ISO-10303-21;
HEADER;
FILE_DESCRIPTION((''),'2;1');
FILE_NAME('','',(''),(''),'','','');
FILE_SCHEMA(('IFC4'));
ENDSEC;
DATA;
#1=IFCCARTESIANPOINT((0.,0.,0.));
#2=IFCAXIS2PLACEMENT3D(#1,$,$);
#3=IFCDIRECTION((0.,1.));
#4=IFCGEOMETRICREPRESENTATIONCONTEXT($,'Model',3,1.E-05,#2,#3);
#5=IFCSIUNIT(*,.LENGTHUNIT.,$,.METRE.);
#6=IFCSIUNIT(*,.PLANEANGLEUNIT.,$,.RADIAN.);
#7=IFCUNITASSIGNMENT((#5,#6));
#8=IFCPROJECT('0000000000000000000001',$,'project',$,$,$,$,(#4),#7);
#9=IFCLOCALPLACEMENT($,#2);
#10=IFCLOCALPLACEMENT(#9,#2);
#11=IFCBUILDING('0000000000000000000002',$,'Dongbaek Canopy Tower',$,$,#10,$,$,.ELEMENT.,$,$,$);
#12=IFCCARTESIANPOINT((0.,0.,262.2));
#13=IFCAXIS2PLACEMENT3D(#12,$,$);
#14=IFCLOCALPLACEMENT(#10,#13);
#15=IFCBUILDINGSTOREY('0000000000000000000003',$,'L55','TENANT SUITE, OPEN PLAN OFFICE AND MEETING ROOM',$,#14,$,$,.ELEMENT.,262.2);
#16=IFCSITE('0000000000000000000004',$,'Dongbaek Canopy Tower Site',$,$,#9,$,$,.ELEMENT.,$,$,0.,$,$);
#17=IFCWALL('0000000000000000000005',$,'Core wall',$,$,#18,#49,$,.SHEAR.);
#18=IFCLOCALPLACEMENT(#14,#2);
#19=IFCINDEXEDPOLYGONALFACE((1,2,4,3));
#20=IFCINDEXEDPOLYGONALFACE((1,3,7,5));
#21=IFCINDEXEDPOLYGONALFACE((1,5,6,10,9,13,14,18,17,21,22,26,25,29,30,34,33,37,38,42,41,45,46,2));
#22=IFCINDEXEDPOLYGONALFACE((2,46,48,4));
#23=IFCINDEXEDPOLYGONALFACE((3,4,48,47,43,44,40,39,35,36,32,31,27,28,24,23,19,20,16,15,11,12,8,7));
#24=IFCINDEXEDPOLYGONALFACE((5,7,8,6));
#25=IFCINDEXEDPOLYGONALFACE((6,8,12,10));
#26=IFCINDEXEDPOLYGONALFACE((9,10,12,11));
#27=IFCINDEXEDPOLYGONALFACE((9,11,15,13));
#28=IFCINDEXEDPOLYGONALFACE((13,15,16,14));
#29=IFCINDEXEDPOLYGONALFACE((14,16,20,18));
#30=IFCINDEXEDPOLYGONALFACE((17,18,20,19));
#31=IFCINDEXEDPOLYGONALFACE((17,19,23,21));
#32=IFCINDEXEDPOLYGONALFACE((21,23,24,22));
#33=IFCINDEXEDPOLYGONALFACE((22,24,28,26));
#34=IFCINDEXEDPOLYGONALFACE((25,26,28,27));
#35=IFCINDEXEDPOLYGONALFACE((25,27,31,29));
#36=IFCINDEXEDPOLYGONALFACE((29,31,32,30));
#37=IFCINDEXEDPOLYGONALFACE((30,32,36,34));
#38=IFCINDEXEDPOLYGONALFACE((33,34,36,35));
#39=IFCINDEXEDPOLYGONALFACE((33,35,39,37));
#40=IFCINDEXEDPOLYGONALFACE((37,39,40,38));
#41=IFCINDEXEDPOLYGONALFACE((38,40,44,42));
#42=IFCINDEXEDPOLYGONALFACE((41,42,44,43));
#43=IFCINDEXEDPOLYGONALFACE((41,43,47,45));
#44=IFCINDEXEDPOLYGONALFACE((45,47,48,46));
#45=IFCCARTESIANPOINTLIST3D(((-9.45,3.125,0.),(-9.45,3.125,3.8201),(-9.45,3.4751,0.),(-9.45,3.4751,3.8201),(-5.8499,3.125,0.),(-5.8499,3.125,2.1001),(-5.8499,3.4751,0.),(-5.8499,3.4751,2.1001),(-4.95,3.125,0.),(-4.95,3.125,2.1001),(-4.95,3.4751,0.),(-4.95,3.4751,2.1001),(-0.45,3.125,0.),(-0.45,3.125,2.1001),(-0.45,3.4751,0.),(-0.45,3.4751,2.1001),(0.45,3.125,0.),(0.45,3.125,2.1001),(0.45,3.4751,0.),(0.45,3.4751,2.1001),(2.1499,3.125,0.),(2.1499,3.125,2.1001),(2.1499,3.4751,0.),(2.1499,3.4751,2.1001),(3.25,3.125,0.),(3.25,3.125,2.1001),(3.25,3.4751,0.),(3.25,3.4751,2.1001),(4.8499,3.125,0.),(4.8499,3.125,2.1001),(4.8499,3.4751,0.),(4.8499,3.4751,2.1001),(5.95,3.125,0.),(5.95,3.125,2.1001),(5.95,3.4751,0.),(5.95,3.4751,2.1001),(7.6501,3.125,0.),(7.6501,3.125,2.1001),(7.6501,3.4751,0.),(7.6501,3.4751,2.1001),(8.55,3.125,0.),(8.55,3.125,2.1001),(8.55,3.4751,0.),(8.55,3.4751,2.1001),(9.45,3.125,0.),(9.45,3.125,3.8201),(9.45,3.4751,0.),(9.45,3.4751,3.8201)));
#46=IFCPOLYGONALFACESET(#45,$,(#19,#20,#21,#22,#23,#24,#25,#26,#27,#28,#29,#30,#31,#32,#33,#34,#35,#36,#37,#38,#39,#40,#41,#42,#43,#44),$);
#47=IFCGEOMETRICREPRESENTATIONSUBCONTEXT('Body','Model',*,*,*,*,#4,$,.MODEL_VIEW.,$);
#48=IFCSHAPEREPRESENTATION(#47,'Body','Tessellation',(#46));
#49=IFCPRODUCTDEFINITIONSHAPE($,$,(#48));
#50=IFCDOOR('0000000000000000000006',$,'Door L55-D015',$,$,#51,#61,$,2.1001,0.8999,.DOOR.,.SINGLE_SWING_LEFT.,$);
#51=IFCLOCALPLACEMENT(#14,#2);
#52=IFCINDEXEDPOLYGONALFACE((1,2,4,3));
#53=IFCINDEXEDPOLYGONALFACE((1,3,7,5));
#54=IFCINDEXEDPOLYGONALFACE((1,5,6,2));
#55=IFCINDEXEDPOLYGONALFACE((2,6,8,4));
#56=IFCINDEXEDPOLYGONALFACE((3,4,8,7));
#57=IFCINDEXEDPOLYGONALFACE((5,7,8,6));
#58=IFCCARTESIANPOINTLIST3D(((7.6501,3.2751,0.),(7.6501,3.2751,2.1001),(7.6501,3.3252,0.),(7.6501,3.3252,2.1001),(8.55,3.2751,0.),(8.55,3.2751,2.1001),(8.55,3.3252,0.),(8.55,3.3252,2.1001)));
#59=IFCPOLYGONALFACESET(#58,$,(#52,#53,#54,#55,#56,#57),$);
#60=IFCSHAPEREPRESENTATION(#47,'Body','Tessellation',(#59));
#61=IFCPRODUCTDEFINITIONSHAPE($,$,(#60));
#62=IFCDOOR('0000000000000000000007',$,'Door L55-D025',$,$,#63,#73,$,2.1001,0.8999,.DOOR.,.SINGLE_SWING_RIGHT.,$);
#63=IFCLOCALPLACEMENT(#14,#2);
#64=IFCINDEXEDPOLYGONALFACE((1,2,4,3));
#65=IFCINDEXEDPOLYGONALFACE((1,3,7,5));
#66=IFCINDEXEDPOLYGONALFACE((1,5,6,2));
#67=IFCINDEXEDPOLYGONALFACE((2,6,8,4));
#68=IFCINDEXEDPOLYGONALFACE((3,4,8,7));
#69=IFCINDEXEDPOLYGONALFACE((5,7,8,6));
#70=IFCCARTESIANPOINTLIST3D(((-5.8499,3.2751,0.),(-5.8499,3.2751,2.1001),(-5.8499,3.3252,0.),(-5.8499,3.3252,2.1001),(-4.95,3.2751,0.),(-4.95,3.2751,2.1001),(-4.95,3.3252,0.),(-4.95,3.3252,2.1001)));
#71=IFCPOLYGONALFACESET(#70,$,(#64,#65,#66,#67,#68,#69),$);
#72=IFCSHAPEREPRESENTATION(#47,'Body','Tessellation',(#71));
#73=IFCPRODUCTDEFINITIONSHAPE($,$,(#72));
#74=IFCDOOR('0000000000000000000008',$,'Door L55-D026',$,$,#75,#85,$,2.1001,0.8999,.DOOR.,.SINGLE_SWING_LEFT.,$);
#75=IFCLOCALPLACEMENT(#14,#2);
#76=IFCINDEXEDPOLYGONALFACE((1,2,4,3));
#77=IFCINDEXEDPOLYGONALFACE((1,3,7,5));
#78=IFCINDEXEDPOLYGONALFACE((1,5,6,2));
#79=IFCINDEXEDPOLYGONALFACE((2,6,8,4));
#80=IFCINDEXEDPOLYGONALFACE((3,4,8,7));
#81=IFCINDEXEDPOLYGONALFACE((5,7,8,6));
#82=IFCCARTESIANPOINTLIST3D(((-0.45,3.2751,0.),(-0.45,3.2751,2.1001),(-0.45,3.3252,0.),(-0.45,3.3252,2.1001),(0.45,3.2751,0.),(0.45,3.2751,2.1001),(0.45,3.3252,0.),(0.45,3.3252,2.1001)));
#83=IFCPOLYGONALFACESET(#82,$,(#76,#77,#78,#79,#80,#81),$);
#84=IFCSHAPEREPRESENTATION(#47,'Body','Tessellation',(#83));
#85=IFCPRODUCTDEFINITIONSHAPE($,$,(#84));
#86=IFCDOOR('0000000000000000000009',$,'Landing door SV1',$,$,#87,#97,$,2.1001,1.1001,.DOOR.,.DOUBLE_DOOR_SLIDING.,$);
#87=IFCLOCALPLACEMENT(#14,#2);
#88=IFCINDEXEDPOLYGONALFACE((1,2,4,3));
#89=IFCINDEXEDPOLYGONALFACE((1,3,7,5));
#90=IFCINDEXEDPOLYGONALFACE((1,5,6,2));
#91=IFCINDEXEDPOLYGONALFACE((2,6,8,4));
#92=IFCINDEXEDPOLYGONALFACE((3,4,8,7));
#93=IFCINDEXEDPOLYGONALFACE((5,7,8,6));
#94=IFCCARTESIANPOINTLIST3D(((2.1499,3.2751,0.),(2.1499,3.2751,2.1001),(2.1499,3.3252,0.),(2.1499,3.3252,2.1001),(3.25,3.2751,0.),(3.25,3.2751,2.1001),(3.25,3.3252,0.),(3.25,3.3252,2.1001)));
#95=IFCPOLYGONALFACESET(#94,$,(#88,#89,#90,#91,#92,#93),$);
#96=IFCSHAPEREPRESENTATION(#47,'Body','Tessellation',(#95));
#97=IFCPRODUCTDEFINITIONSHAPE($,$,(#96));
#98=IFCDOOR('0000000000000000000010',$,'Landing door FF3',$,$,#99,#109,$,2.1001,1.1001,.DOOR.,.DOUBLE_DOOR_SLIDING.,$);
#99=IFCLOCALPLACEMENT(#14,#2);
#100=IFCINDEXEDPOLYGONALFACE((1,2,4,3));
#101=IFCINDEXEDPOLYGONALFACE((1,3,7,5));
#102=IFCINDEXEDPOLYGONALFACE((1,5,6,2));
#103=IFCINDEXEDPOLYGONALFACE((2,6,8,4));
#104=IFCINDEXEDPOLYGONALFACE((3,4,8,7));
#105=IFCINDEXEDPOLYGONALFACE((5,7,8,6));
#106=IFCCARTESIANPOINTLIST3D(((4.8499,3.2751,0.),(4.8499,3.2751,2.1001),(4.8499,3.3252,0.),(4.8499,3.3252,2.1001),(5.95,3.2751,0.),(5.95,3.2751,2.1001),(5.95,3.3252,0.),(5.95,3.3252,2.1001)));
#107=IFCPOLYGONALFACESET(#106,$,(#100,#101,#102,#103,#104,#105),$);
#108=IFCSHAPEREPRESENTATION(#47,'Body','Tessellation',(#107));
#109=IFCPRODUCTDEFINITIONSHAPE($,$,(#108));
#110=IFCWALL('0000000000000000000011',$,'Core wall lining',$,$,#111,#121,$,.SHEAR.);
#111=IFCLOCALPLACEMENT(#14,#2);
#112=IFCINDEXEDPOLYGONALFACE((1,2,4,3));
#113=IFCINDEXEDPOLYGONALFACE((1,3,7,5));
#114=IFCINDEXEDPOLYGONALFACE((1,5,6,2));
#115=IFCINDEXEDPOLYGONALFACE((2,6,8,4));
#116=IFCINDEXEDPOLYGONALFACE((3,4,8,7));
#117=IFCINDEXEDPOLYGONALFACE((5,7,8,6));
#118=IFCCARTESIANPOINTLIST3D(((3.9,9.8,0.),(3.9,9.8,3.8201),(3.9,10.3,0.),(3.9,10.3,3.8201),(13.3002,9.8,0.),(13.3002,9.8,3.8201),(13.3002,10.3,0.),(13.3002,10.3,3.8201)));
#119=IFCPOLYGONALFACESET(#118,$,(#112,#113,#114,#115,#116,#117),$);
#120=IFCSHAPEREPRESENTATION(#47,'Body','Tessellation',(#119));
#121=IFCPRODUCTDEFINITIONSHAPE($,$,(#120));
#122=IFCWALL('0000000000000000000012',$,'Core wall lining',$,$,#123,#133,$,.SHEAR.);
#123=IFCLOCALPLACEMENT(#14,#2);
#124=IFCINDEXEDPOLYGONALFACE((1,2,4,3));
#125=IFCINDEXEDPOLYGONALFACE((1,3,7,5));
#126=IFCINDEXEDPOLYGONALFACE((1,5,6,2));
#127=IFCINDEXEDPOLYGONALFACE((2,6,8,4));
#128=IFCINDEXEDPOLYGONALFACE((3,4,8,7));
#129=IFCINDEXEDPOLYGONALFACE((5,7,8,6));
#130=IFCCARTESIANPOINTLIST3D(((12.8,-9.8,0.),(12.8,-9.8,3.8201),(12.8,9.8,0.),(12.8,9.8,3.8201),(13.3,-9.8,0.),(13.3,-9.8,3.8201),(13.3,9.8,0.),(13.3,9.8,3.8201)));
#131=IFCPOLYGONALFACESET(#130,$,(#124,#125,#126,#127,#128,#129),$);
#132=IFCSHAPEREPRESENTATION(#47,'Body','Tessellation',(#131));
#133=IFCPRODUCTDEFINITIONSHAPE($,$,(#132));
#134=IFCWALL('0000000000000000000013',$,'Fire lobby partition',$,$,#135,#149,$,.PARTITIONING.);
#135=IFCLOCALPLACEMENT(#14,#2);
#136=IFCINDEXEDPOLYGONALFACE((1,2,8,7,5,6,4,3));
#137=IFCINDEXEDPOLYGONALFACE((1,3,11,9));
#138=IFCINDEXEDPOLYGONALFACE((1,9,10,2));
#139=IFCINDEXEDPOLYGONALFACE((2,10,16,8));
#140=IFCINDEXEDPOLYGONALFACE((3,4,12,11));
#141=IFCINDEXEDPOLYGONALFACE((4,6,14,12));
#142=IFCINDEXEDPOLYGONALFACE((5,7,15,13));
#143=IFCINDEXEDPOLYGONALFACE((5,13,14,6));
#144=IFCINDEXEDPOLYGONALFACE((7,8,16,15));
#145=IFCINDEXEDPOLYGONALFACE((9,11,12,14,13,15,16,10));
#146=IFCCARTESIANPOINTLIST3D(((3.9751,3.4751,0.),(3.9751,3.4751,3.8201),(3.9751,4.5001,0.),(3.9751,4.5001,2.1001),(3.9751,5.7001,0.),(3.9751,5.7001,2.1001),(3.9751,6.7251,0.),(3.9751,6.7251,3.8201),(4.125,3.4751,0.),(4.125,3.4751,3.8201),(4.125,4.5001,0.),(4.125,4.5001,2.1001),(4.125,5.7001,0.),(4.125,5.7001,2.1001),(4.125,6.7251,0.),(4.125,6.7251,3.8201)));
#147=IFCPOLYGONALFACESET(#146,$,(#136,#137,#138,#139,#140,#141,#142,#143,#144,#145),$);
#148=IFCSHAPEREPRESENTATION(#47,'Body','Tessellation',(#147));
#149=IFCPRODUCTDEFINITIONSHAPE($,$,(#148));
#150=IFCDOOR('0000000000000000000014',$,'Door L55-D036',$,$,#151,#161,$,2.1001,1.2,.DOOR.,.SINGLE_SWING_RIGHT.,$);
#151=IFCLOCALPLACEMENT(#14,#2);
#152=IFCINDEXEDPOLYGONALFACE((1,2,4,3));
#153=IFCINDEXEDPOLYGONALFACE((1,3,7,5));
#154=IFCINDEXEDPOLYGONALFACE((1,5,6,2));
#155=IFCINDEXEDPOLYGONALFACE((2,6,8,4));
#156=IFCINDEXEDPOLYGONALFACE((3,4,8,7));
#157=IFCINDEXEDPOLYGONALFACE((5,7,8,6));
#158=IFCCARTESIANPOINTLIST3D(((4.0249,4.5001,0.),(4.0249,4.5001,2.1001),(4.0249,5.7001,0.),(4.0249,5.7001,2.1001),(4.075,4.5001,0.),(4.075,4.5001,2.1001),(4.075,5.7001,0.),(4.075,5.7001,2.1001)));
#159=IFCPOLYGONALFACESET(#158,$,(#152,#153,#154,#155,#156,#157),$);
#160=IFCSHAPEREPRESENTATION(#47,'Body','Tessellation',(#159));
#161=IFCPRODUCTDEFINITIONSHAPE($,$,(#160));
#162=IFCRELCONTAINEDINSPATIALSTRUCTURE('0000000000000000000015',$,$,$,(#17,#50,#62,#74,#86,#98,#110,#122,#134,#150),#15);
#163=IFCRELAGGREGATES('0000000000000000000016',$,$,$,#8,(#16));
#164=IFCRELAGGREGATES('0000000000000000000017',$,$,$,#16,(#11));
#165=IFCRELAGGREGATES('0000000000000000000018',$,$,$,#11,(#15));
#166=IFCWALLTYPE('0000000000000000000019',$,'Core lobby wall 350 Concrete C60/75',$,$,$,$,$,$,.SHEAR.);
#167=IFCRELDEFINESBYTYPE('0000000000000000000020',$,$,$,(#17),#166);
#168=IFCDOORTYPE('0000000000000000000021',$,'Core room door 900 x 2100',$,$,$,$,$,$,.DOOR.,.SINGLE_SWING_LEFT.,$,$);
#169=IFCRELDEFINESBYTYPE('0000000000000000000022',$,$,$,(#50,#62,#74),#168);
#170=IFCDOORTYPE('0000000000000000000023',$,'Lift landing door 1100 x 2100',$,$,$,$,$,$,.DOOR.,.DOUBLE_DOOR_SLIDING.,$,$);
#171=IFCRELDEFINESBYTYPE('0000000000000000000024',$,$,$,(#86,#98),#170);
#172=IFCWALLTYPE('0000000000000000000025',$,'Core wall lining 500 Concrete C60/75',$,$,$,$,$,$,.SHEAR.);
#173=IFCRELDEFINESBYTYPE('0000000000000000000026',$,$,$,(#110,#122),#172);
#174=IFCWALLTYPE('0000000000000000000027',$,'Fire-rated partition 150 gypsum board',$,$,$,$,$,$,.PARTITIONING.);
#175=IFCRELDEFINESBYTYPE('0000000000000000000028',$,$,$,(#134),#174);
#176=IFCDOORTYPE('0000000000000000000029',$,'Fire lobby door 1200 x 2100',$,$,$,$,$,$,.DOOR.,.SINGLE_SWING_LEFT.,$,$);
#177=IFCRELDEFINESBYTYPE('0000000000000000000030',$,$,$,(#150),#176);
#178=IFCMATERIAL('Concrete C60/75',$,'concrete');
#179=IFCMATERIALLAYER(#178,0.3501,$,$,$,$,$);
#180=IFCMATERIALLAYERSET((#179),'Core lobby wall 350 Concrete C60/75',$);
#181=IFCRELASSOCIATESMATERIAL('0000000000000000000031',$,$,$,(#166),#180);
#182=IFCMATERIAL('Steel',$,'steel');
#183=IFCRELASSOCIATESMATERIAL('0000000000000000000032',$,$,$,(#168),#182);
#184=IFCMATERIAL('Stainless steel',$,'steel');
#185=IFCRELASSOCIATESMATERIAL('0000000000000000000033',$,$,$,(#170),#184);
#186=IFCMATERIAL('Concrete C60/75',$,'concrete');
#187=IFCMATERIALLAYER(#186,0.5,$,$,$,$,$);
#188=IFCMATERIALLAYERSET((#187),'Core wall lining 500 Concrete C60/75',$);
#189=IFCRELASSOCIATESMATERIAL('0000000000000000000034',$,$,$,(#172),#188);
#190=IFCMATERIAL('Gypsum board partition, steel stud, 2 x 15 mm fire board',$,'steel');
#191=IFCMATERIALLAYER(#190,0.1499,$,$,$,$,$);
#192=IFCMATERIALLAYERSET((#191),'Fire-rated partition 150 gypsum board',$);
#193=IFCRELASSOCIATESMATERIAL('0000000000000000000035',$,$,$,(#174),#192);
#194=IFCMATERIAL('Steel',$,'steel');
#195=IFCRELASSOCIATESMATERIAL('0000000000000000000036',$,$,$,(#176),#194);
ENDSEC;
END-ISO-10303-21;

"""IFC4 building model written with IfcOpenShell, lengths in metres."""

from ifc_helpers import new_model, si_unit, direction, frame, frame_2d, origin, place, context, subcontext, project, spatial, rectangle, extrude, material, layer, layer_set, type_object, element, fill, save


model = new_model("IFC4")

# Units and contexts
model_context = context("Model", 3, precision=1e-05, world=origin(), true_north=direction((0.0, 1.0)))
body_context = subcontext(model_context, "Body", "Model", "MODEL_VIEW")
ifc_project = project(units=[si_unit("LENGTHUNIT", "METRE"), si_unit("PLANEANGLEUNIT", "RADIAN")], contexts=[model_context])

# Site, building, storey
site_placement = place(None, origin())
site = spatial("IfcSite", under=ifc_project, at=site_placement, Name="Dongbaek Canopy Tower Site", CompositionType="ELEMENT", RefElevation=0.0)
building_placement = place(site_placement, origin())
building = spatial("IfcBuilding", under=site, at=building_placement, Name="Dongbaek Canopy Tower", CompositionType="ELEMENT")
storey_placement = place(building_placement, frame((0.0, 0.0, 262.2)))
storey = spatial("IfcBuildingStorey", under=building, at=storey_placement, Name="L55", Description="TENANT SUITE, OPEN PLAN OFFICE AND MEETING ROOM", CompositionType="ELEMENT", Elevation=262.2)

# Wall, openings, doors
ifc_material_1 = material(Name="Concrete C60/75", Category="concrete")
ifc_layer_1 = layer(ifc_material_1, 0.3501)
ifc_layer_set_1 = layer_set([ifc_layer_1], Name="Core lobby wall 350 Concrete C60/75")
wall_type_1 = type_object("IfcWallType", Name="Core lobby wall 350 Concrete C60/75", PredefinedType="SHEAR", material=ifc_layer_set_1)
wall_1_placement = place(storey_placement, frame((9.45, 3.3, 0.0), z_axis=(0.0, 0.0, 1.0), x_axis=(-1.0, 0.0, 0.0)))
wall_1 = element("IfcWall", 1, at=wall_1_placement, inside=storey, type_object=wall_type_1, Name="Core wall", PredefinedType="SHEAR", context=body_context, shape_type="SweptSolid", body=[
    extrude(rectangle(XDim=18.8999, YDim=0.3501, at=frame_2d((9.45, 0.0))), origin(), (0.0, 0.0, 1.0), 3.8201),
])
opening_1_placement = place(wall_1_placement, frame((6.2, 0.0, 0.0)))
opening_1 = element("IfcOpeningElement", 2, at=opening_1_placement, cuts=wall_1, PredefinedType="OPENING", context=body_context, shape_type="SweptSolid", body=[
    extrude(rectangle(XDim=1.1001, YDim=2.1001, at=frame_2d((0.55, 1.05))), frame((0.0, 0.1851, 0.0), z_axis=(0.0, -1.0, 0.0), x_axis=(1.0, 0.0, 0.0)), (0.0, 0.0, 1.0), 0.3701),
])
opening_2_placement = place(wall_1_placement, frame((3.5, 0.0, 0.0)))
opening_2 = element("IfcOpeningElement", 3, at=opening_2_placement, cuts=wall_1, PredefinedType="OPENING", context=body_context, shape_type="SweptSolid", body=[
    extrude(rectangle(XDim=1.1001, YDim=2.1001, at=frame_2d((0.55, 1.05))), frame((0.0, 0.1851, 0.0), z_axis=(0.0, -1.0, 0.0), x_axis=(1.0, 0.0, 0.0)), (0.0, 0.0, 1.0), 0.3701),
])
opening_3_placement = place(wall_1_placement, frame((0.8999, 0.0, 0.0)))
opening_3 = element("IfcOpeningElement", 4, at=opening_3_placement, cuts=wall_1, PredefinedType="OPENING", context=body_context, shape_type="SweptSolid", body=[
    extrude(rectangle(XDim=0.8999, YDim=2.1001, at=frame_2d((0.45, 1.05))), frame((0.0, 0.1851, 0.0), z_axis=(0.0, -1.0, 0.0), x_axis=(1.0, 0.0, 0.0)), (0.0, 0.0, 1.0), 0.3701),
])
opening_4_placement = place(wall_1_placement, frame((14.3999, 0.0, 0.0)))
opening_4 = element("IfcOpeningElement", 5, at=opening_4_placement, cuts=wall_1, PredefinedType="OPENING", context=body_context, shape_type="SweptSolid", body=[
    extrude(rectangle(XDim=0.8999, YDim=2.1001, at=frame_2d((0.45, 1.05))), frame((0.0, 0.1851, 0.0), z_axis=(0.0, -1.0, 0.0), x_axis=(1.0, 0.0, 0.0)), (0.0, 0.0, 1.0), 0.3701),
])
opening_5_placement = place(wall_1_placement, frame((9.0, 0.0, 0.0)))
opening_5 = element("IfcOpeningElement", 6, at=opening_5_placement, cuts=wall_1, PredefinedType="OPENING", context=body_context, shape_type="SweptSolid", body=[
    extrude(rectangle(XDim=0.8999, YDim=2.1001, at=frame_2d((0.45, 1.05))), frame((0.0, 0.1851, 0.0), z_axis=(0.0, -1.0, 0.0), x_axis=(1.0, 0.0, 0.0)), (0.0, 0.0, 1.0), 0.3701),
])
ifc_material_2 = material(Name="Steel", Category="steel")
door_type_1 = type_object("IfcDoorType", Name="Core room door 900 x 2100", OperationType="SINGLE_SWING_LEFT", PredefinedType="DOOR", material=ifc_material_2)
door_1_placement = place(opening_3_placement, origin())
door_1 = element("IfcDoor", 7, at=door_1_placement, inside=storey, type_object=door_type_1, Name="Door L55-D015", OperationType="SINGLE_SWING_LEFT", OverallHeight=2.1001, OverallWidth=0.8999, PredefinedType="DOOR", context=body_context, shape_type="SweptSolid", body=[
    extrude(rectangle(XDim=0.8999, YDim=2.1001, at=frame_2d((0.45, 1.05))), frame((0.0, 0.0249, 0.0), z_axis=(0.0, -1.0, 0.0), x_axis=(1.0, 0.0, 0.0)), (0.0, 0.0, 1.0), 0.05),
])
fill(opening_3, door_1)
door_2_placement = place(opening_4_placement, origin())
door_2 = element("IfcDoor", 8, at=door_2_placement, inside=storey, type_object=door_type_1, Name="Door L55-D025", OperationType="SINGLE_SWING_RIGHT", OverallHeight=2.1001, OverallWidth=0.8999, PredefinedType="DOOR", context=body_context, shape_type="SweptSolid", body=[
    extrude(rectangle(XDim=0.8999, YDim=2.1001, at=frame_2d((0.45, 1.05))), frame((0.0, 0.0249, 0.0), z_axis=(0.0, -1.0, 0.0), x_axis=(1.0, 0.0, 0.0)), (0.0, 0.0, 1.0), 0.05),
])
fill(opening_4, door_2)
door_3_placement = place(opening_5_placement, origin())
door_3 = element("IfcDoor", 9, at=door_3_placement, inside=storey, type_object=door_type_1, Name="Door L55-D026", OperationType="SINGLE_SWING_LEFT", OverallHeight=2.1001, OverallWidth=0.8999, PredefinedType="DOOR", context=body_context, shape_type="SweptSolid", body=[
    extrude(rectangle(XDim=0.8999, YDim=2.1001, at=frame_2d((0.45, 1.05))), frame((0.0, 0.0249, 0.0), z_axis=(0.0, -1.0, 0.0), x_axis=(1.0, 0.0, 0.0)), (0.0, 0.0, 1.0), 0.05),
])
fill(opening_5, door_3)
ifc_material_3 = material(Name="Stainless steel", Category="steel")
door_type_2 = type_object("IfcDoorType", Name="Lift landing door 1100 x 2100", OperationType="DOUBLE_DOOR_SLIDING", PredefinedType="DOOR", material=ifc_material_3)
door_4_placement = place(opening_1_placement, origin())
door_4 = element("IfcDoor", 10, at=door_4_placement, inside=storey, type_object=door_type_2, Name="Landing door SV1", OperationType="DOUBLE_DOOR_SLIDING", OverallHeight=2.1001, OverallWidth=1.1001, PredefinedType="DOOR", context=body_context, shape_type="SweptSolid", body=[
    extrude(rectangle(XDim=1.1001, YDim=2.1001, at=frame_2d((0.55, 1.05))), frame((0.0, 0.0249, 0.0), z_axis=(0.0, -1.0, 0.0), x_axis=(1.0, 0.0, 0.0)), (0.0, 0.0, 1.0), 0.05),
])
fill(opening_1, door_4)
door_5_placement = place(opening_2_placement, origin())
door_5 = element("IfcDoor", 11, at=door_5_placement, inside=storey, type_object=door_type_2, Name="Landing door FF3", OperationType="DOUBLE_DOOR_SLIDING", OverallHeight=2.1001, OverallWidth=1.1001, PredefinedType="DOOR", context=body_context, shape_type="SweptSolid", body=[
    extrude(rectangle(XDim=1.1001, YDim=2.1001, at=frame_2d((0.55, 1.05))), frame((0.0, 0.0249, 0.0), z_axis=(0.0, -1.0, 0.0), x_axis=(1.0, 0.0, 0.0)), (0.0, 0.0, 1.0), 0.05),
])
fill(opening_2, door_5)

# Walls
ifc_material_4 = material(Name="Concrete C60/75", Category="concrete")
ifc_layer_2 = layer(ifc_material_4, 0.5)
ifc_layer_set_2 = layer_set([ifc_layer_2], Name="Core wall lining 500 Concrete C60/75")
wall_type_2 = type_object("IfcWallType", Name="Core wall lining 500 Concrete C60/75", PredefinedType="SHEAR", material=ifc_layer_set_2)
wall_2_placement = place(storey_placement, frame((3.8999, 10.05, 0.0), z_axis=(0.0, 0.0, 1.0), x_axis=(1.0, 0.0, 0.0)))
element("IfcWall", 12, at=wall_2_placement, inside=storey, type_object=wall_type_2, Name="Core wall lining", PredefinedType="SHEAR", context=body_context, shape_type="SweptSolid", body=[
    extrude(rectangle(XDim=9.4001, YDim=0.5, at=frame_2d((4.7002, 0.0))), origin(), (0.0, 0.0, 1.0), 3.8201),
])
wall_3_placement = place(storey_placement, frame((13.05, 9.8, 0.0), z_axis=(0.0, 0.0, 1.0), x_axis=(0.0, -1.0, 0.0)))
element("IfcWall", 13, at=wall_3_placement, inside=storey, type_object=wall_type_2, Name="Core wall lining", PredefinedType="SHEAR", context=body_context, shape_type="SweptSolid", body=[
    extrude(rectangle(XDim=19.6001, YDim=0.5, at=frame_2d((9.8, 0.0))), origin(), (0.0, 0.0, 1.0), 3.8201),
])

# Wall, opening, door
ifc_material_5 = material(Name="Gypsum board partition, steel stud, 2 x 15 mm fire board", Category="steel")
ifc_layer_3 = layer(ifc_material_5, 0.1499)
ifc_layer_set_3 = layer_set([ifc_layer_3], Name="Fire-rated partition 150 gypsum board")
wall_type_3 = type_object("IfcWallType", Name="Fire-rated partition 150 gypsum board", PredefinedType="PARTITIONING", material=ifc_layer_set_3)
wall_4_placement = place(storey_placement, frame((4.05, 6.7251, 0.0), z_axis=(0.0, 0.0, 1.0), x_axis=(0.0, -1.0, 0.0)))
wall_4 = element("IfcWall", 14, at=wall_4_placement, inside=storey, type_object=wall_type_3, Name="Fire lobby partition", PredefinedType="PARTITIONING", context=body_context, shape_type="SweptSolid", body=[
    extrude(rectangle(XDim=3.25, YDim=0.1499, at=frame_2d((1.625, 0.0))), origin(), (0.0, 0.0, 1.0), 3.8201),
])
opening_6_placement = place(wall_4_placement, frame((1.0249, 0.0, 0.0)))
opening_6 = element("IfcOpeningElement", 15, at=opening_6_placement, cuts=wall_4, PredefinedType="OPENING", context=body_context, shape_type="SweptSolid", body=[
    extrude(rectangle(XDim=1.2, YDim=2.1001, at=frame_2d((0.6001, 1.05))), frame((0.0, 0.085, 0.0), z_axis=(0.0, -1.0, 0.0), x_axis=(1.0, 0.0, 0.0)), (0.0, 0.0, 1.0), 0.1699),
])
ifc_material_6 = material(Name="Steel", Category="steel")
door_type_3 = type_object("IfcDoorType", Name="Fire lobby door 1200 x 2100", OperationType="SINGLE_SWING_LEFT", PredefinedType="DOOR", material=ifc_material_6)
door_6_placement = place(opening_6_placement, origin())
door_6 = element("IfcDoor", 16, at=door_6_placement, inside=storey, type_object=door_type_3, Name="Door L55-D036", OperationType="SINGLE_SWING_RIGHT", OverallHeight=2.1001, OverallWidth=1.2, PredefinedType="DOOR", context=body_context, shape_type="SweptSolid", body=[
    extrude(rectangle(XDim=1.2, YDim=2.1001, at=frame_2d((0.6001, 1.05))), frame((0.0, 0.0249, 0.0), z_axis=(0.0, -1.0, 0.0), x_axis=(1.0, 0.0, 0.0)), (0.0, 0.0, 1.0), 0.05),
])
fill(opening_6, door_6)

save(model, "model.ifc")
